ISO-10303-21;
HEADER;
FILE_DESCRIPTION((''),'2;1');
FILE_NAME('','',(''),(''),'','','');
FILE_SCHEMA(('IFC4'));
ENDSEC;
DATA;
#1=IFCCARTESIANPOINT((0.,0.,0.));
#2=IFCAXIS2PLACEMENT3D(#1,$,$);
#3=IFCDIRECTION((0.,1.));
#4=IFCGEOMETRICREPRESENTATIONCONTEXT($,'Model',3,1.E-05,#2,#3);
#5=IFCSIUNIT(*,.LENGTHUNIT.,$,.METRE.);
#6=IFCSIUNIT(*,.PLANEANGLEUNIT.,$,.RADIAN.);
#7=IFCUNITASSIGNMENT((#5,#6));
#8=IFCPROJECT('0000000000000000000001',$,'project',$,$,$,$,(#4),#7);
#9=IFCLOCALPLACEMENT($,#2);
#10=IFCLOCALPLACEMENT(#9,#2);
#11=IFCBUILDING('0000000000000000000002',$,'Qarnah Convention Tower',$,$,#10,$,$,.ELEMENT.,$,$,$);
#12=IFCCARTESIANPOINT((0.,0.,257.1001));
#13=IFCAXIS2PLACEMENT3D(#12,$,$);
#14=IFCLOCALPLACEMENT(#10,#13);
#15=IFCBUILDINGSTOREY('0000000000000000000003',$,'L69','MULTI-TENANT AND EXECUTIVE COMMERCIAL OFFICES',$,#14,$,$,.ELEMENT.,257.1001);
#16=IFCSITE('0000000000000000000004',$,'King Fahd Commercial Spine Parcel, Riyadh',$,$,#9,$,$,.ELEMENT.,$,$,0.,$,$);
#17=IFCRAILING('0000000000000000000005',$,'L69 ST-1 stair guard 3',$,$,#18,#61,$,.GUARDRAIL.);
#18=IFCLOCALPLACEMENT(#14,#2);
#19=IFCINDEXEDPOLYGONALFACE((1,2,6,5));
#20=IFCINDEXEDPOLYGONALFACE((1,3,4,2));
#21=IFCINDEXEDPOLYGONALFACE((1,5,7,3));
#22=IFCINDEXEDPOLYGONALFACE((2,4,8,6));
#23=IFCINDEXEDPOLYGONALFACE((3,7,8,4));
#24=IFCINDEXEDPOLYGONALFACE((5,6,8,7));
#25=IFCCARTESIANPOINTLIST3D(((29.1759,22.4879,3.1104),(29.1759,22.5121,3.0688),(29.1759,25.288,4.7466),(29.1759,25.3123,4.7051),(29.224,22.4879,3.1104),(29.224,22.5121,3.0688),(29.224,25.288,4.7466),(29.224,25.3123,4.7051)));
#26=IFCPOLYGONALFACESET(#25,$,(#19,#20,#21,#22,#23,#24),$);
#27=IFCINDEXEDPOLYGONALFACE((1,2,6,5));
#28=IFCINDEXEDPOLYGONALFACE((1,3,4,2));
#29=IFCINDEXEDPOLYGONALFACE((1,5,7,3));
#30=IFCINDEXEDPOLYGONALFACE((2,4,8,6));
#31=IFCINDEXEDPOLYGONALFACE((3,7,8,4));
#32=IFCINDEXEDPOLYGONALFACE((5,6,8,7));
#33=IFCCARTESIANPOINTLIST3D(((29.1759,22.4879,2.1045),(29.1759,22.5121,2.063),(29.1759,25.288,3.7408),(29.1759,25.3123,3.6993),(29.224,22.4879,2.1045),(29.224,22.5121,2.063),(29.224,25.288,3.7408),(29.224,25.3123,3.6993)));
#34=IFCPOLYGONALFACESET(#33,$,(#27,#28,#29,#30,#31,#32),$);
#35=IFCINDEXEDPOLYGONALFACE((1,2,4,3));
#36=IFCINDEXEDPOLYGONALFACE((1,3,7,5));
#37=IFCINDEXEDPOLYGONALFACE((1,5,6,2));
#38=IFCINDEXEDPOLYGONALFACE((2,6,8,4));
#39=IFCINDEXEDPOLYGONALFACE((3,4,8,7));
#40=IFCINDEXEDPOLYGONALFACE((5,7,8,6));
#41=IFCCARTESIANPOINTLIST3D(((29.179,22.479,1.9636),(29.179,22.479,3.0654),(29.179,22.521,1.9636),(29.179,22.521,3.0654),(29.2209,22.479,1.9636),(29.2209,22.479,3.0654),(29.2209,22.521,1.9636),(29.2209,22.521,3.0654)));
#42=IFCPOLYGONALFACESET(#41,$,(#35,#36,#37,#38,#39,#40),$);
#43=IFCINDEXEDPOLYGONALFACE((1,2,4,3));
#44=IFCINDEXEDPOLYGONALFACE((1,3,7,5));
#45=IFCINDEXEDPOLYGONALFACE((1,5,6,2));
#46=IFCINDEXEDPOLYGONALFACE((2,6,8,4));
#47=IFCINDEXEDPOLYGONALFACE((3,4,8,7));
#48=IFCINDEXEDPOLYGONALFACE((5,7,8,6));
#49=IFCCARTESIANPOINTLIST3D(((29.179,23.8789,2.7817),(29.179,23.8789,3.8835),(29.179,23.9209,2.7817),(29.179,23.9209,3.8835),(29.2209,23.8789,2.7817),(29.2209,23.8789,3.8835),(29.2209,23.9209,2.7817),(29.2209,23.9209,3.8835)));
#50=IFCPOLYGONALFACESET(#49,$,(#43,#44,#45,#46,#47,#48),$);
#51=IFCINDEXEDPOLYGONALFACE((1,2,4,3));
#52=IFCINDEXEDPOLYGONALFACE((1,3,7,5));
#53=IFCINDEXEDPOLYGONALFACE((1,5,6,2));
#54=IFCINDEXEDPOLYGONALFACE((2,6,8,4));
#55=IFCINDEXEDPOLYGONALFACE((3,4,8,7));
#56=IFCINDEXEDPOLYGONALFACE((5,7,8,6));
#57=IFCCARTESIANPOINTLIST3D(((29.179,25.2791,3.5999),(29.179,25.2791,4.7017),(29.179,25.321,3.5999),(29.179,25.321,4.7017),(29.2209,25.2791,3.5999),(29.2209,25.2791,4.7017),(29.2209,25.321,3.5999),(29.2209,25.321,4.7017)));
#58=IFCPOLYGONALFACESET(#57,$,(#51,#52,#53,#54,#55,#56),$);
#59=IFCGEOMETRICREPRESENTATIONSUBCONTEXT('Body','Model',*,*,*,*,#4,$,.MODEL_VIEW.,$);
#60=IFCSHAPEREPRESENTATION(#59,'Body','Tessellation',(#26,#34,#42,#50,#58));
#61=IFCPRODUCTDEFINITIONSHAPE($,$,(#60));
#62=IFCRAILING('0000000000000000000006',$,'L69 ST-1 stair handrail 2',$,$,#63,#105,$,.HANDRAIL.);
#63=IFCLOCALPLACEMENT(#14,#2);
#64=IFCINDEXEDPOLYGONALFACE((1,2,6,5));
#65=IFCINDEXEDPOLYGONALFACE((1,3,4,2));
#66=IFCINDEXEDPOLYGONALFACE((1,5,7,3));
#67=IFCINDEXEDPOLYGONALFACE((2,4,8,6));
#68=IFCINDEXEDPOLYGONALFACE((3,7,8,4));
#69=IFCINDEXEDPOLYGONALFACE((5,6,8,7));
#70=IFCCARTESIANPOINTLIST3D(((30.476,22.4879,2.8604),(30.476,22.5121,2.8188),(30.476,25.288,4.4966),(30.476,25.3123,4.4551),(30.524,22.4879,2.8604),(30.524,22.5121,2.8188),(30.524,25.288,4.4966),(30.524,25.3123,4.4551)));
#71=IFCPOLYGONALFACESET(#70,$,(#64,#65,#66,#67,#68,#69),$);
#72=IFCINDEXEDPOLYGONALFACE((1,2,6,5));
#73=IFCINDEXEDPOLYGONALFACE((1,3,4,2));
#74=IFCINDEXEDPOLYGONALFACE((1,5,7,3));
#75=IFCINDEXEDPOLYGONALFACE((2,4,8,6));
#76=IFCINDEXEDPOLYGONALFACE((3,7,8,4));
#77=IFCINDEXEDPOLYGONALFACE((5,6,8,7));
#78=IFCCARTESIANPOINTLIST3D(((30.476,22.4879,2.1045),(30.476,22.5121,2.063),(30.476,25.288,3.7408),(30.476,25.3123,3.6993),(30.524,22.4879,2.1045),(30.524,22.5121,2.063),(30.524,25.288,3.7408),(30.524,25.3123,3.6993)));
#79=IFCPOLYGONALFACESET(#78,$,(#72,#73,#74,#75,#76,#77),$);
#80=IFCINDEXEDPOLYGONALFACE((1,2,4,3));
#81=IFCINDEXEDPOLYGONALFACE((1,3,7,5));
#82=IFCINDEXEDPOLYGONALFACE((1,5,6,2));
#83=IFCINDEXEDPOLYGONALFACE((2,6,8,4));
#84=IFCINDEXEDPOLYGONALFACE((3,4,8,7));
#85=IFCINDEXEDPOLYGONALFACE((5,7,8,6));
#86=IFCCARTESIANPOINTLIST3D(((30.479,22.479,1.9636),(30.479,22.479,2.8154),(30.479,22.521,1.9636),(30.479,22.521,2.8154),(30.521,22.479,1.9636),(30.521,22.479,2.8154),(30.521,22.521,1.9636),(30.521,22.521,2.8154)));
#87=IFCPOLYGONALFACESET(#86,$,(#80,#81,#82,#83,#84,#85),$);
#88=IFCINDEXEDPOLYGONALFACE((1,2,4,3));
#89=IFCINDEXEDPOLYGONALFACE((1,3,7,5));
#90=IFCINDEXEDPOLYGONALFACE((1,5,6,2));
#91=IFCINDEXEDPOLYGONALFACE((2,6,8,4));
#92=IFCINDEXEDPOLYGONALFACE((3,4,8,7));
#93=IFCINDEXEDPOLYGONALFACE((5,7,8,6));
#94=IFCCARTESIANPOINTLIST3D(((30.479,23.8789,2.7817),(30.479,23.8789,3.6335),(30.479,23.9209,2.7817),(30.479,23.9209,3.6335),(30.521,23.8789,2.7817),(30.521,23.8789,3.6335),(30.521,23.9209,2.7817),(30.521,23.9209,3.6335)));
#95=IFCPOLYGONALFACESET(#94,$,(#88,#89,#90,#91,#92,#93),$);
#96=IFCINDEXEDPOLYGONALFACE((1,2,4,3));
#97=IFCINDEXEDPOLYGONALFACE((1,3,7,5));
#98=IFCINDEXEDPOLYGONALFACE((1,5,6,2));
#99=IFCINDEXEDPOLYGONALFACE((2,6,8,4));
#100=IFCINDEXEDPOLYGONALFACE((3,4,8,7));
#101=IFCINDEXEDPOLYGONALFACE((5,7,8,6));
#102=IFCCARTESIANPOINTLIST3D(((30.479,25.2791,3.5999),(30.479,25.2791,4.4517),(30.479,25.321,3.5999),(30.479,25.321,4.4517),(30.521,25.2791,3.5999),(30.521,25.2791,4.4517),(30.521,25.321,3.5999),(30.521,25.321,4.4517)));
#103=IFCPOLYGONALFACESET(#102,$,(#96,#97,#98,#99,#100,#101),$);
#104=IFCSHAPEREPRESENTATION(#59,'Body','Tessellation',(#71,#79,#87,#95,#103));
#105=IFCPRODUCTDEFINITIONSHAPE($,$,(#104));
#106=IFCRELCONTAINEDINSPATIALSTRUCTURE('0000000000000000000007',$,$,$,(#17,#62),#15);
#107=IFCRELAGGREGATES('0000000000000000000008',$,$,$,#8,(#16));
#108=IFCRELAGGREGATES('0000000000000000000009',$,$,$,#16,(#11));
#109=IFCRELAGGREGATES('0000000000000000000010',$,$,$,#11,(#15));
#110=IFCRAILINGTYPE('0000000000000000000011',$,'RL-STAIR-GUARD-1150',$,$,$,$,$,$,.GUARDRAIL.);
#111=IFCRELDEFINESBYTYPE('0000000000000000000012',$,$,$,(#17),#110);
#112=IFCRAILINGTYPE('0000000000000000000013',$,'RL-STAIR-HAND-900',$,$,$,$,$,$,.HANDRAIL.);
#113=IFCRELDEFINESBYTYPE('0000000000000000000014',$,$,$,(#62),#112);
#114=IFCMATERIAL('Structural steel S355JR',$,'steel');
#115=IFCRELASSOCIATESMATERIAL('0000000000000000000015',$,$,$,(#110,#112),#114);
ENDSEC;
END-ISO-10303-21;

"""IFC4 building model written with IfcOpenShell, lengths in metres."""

from ifc_helpers import new_model, si_unit, direction, frame, origin, origin_2d, place, context, subcontext, project, spatial, rectangle, extrude, material, type_object, element, save


model = new_model("IFC4")

# Units and contexts
model_context = context("Model", 3, precision=1e-05, world=origin(), true_north=direction((0.0, 1.0)))
body_context = subcontext(model_context, "Body", "Model", "MODEL_VIEW")
ifc_project = project(units=[si_unit("LENGTHUNIT", "METRE"), si_unit("PLANEANGLEUNIT", "RADIAN")], contexts=[model_context])

# Site, building, storey
site_placement = place(None, origin())
site = spatial("IfcSite", under=ifc_project, at=site_placement, Name="King Fahd Commercial Spine Parcel, Riyadh", CompositionType="ELEMENT", RefElevation=0.0)
building_placement = place(site_placement, origin())
building = spatial("IfcBuilding", under=site, at=building_placement, Name="Qarnah Convention Tower", CompositionType="ELEMENT")
storey_placement = place(building_placement, frame((0.0, 0.0, 257.1001)))
storey = spatial("IfcBuildingStorey", under=building, at=storey_placement, Name="L69", Description="MULTI-TENANT AND EXECUTIVE COMMERCIAL OFFICES", CompositionType="ELEMENT", Elevation=257.1001)

# Shared definitions
ifc_material_1 = material(Name="Structural steel S355JR", Category="steel")

# Railings
railing_type_1 = type_object("IfcRailingType", Name="RL-STAIR-GUARD-1150", PredefinedType="GUARDRAIL", material=ifc_material_1)
railing_1_placement = place(storey_placement, frame((29.2, 22.5, 1.9636)))
element("IfcRailing", 1, at=railing_1_placement, inside=storey, type_object=railing_type_1, Name="L69 ST-1 stair guard 3", PredefinedType="GUARDRAIL", context=body_context, shape_type="SweptSolid", body=[
    extrude(rectangle(XDim=0.0481, YDim=0.0481, at=origin_2d()), frame((0.0, 0.0, 1.126), z_axis=(0.0, 0.863394, 0.504531), x_axis=(-1.0, 0.0, 0.0)), (0.0, 0.0, 1.0), 3.2432),
    extrude(rectangle(XDim=0.0481, YDim=0.0481, at=origin_2d()), frame((0.0, 0.0, 0.1201), z_axis=(0.0, 0.863394, 0.504531), x_axis=(-1.0, 0.0, 0.0)), (0.0, 0.0, 1.0), 3.2432),
    extrude(rectangle(XDim=0.042, YDim=0.042, at=origin_2d()), origin(), (0.0, 0.0, 1.0), 1.1018),
    extrude(rectangle(XDim=0.042, YDim=0.042, at=origin_2d()), frame((0.0, 1.3999, 0.8181)), (0.0, 0.0, 1.0), 1.1018),
    extrude(rectangle(XDim=0.042, YDim=0.042, at=origin_2d()), frame((0.0, 2.8, 1.6362)), (0.0, 0.0, 1.0), 1.1018),
])
railing_type_2 = type_object("IfcRailingType", Name="RL-STAIR-HAND-900", PredefinedType="HANDRAIL", material=ifc_material_1)
railing_2_placement = place(storey_placement, frame((30.5, 22.5, 1.9636)))
element("IfcRailing", 2, at=railing_2_placement, inside=storey, type_object=railing_type_2, Name="L69 ST-1 stair handrail 2", PredefinedType="HANDRAIL", context=body_context, shape_type="SweptSolid", body=[
    extrude(rectangle(XDim=0.0481, YDim=0.0481, at=origin_2d()), frame((0.0, 0.0, 0.876), z_axis=(0.0, 0.863394, 0.504531), x_axis=(-1.0, 0.0, 0.0)), (0.0, 0.0, 1.0), 3.2432),
    extrude(rectangle(XDim=0.0481, YDim=0.0481, at=origin_2d()), frame((0.0, 0.0, 0.1201), z_axis=(0.0, 0.863394, 0.504531), x_axis=(-1.0, 0.0, 0.0)), (0.0, 0.0, 1.0), 3.2432),
    extrude(rectangle(XDim=0.042, YDim=0.042, at=origin_2d()), origin(), (0.0, 0.0, 1.0), 0.8518),
    extrude(rectangle(XDim=0.042, YDim=0.042, at=origin_2d()), frame((0.0, 1.3999, 0.8181)), (0.0, 0.0, 1.0), 0.8518),
    extrude(rectangle(XDim=0.042, YDim=0.042, at=origin_2d()), frame((0.0, 2.8, 1.6362)), (0.0, 0.0, 1.0), 0.8518),
])

save(model, "model.ifc")
